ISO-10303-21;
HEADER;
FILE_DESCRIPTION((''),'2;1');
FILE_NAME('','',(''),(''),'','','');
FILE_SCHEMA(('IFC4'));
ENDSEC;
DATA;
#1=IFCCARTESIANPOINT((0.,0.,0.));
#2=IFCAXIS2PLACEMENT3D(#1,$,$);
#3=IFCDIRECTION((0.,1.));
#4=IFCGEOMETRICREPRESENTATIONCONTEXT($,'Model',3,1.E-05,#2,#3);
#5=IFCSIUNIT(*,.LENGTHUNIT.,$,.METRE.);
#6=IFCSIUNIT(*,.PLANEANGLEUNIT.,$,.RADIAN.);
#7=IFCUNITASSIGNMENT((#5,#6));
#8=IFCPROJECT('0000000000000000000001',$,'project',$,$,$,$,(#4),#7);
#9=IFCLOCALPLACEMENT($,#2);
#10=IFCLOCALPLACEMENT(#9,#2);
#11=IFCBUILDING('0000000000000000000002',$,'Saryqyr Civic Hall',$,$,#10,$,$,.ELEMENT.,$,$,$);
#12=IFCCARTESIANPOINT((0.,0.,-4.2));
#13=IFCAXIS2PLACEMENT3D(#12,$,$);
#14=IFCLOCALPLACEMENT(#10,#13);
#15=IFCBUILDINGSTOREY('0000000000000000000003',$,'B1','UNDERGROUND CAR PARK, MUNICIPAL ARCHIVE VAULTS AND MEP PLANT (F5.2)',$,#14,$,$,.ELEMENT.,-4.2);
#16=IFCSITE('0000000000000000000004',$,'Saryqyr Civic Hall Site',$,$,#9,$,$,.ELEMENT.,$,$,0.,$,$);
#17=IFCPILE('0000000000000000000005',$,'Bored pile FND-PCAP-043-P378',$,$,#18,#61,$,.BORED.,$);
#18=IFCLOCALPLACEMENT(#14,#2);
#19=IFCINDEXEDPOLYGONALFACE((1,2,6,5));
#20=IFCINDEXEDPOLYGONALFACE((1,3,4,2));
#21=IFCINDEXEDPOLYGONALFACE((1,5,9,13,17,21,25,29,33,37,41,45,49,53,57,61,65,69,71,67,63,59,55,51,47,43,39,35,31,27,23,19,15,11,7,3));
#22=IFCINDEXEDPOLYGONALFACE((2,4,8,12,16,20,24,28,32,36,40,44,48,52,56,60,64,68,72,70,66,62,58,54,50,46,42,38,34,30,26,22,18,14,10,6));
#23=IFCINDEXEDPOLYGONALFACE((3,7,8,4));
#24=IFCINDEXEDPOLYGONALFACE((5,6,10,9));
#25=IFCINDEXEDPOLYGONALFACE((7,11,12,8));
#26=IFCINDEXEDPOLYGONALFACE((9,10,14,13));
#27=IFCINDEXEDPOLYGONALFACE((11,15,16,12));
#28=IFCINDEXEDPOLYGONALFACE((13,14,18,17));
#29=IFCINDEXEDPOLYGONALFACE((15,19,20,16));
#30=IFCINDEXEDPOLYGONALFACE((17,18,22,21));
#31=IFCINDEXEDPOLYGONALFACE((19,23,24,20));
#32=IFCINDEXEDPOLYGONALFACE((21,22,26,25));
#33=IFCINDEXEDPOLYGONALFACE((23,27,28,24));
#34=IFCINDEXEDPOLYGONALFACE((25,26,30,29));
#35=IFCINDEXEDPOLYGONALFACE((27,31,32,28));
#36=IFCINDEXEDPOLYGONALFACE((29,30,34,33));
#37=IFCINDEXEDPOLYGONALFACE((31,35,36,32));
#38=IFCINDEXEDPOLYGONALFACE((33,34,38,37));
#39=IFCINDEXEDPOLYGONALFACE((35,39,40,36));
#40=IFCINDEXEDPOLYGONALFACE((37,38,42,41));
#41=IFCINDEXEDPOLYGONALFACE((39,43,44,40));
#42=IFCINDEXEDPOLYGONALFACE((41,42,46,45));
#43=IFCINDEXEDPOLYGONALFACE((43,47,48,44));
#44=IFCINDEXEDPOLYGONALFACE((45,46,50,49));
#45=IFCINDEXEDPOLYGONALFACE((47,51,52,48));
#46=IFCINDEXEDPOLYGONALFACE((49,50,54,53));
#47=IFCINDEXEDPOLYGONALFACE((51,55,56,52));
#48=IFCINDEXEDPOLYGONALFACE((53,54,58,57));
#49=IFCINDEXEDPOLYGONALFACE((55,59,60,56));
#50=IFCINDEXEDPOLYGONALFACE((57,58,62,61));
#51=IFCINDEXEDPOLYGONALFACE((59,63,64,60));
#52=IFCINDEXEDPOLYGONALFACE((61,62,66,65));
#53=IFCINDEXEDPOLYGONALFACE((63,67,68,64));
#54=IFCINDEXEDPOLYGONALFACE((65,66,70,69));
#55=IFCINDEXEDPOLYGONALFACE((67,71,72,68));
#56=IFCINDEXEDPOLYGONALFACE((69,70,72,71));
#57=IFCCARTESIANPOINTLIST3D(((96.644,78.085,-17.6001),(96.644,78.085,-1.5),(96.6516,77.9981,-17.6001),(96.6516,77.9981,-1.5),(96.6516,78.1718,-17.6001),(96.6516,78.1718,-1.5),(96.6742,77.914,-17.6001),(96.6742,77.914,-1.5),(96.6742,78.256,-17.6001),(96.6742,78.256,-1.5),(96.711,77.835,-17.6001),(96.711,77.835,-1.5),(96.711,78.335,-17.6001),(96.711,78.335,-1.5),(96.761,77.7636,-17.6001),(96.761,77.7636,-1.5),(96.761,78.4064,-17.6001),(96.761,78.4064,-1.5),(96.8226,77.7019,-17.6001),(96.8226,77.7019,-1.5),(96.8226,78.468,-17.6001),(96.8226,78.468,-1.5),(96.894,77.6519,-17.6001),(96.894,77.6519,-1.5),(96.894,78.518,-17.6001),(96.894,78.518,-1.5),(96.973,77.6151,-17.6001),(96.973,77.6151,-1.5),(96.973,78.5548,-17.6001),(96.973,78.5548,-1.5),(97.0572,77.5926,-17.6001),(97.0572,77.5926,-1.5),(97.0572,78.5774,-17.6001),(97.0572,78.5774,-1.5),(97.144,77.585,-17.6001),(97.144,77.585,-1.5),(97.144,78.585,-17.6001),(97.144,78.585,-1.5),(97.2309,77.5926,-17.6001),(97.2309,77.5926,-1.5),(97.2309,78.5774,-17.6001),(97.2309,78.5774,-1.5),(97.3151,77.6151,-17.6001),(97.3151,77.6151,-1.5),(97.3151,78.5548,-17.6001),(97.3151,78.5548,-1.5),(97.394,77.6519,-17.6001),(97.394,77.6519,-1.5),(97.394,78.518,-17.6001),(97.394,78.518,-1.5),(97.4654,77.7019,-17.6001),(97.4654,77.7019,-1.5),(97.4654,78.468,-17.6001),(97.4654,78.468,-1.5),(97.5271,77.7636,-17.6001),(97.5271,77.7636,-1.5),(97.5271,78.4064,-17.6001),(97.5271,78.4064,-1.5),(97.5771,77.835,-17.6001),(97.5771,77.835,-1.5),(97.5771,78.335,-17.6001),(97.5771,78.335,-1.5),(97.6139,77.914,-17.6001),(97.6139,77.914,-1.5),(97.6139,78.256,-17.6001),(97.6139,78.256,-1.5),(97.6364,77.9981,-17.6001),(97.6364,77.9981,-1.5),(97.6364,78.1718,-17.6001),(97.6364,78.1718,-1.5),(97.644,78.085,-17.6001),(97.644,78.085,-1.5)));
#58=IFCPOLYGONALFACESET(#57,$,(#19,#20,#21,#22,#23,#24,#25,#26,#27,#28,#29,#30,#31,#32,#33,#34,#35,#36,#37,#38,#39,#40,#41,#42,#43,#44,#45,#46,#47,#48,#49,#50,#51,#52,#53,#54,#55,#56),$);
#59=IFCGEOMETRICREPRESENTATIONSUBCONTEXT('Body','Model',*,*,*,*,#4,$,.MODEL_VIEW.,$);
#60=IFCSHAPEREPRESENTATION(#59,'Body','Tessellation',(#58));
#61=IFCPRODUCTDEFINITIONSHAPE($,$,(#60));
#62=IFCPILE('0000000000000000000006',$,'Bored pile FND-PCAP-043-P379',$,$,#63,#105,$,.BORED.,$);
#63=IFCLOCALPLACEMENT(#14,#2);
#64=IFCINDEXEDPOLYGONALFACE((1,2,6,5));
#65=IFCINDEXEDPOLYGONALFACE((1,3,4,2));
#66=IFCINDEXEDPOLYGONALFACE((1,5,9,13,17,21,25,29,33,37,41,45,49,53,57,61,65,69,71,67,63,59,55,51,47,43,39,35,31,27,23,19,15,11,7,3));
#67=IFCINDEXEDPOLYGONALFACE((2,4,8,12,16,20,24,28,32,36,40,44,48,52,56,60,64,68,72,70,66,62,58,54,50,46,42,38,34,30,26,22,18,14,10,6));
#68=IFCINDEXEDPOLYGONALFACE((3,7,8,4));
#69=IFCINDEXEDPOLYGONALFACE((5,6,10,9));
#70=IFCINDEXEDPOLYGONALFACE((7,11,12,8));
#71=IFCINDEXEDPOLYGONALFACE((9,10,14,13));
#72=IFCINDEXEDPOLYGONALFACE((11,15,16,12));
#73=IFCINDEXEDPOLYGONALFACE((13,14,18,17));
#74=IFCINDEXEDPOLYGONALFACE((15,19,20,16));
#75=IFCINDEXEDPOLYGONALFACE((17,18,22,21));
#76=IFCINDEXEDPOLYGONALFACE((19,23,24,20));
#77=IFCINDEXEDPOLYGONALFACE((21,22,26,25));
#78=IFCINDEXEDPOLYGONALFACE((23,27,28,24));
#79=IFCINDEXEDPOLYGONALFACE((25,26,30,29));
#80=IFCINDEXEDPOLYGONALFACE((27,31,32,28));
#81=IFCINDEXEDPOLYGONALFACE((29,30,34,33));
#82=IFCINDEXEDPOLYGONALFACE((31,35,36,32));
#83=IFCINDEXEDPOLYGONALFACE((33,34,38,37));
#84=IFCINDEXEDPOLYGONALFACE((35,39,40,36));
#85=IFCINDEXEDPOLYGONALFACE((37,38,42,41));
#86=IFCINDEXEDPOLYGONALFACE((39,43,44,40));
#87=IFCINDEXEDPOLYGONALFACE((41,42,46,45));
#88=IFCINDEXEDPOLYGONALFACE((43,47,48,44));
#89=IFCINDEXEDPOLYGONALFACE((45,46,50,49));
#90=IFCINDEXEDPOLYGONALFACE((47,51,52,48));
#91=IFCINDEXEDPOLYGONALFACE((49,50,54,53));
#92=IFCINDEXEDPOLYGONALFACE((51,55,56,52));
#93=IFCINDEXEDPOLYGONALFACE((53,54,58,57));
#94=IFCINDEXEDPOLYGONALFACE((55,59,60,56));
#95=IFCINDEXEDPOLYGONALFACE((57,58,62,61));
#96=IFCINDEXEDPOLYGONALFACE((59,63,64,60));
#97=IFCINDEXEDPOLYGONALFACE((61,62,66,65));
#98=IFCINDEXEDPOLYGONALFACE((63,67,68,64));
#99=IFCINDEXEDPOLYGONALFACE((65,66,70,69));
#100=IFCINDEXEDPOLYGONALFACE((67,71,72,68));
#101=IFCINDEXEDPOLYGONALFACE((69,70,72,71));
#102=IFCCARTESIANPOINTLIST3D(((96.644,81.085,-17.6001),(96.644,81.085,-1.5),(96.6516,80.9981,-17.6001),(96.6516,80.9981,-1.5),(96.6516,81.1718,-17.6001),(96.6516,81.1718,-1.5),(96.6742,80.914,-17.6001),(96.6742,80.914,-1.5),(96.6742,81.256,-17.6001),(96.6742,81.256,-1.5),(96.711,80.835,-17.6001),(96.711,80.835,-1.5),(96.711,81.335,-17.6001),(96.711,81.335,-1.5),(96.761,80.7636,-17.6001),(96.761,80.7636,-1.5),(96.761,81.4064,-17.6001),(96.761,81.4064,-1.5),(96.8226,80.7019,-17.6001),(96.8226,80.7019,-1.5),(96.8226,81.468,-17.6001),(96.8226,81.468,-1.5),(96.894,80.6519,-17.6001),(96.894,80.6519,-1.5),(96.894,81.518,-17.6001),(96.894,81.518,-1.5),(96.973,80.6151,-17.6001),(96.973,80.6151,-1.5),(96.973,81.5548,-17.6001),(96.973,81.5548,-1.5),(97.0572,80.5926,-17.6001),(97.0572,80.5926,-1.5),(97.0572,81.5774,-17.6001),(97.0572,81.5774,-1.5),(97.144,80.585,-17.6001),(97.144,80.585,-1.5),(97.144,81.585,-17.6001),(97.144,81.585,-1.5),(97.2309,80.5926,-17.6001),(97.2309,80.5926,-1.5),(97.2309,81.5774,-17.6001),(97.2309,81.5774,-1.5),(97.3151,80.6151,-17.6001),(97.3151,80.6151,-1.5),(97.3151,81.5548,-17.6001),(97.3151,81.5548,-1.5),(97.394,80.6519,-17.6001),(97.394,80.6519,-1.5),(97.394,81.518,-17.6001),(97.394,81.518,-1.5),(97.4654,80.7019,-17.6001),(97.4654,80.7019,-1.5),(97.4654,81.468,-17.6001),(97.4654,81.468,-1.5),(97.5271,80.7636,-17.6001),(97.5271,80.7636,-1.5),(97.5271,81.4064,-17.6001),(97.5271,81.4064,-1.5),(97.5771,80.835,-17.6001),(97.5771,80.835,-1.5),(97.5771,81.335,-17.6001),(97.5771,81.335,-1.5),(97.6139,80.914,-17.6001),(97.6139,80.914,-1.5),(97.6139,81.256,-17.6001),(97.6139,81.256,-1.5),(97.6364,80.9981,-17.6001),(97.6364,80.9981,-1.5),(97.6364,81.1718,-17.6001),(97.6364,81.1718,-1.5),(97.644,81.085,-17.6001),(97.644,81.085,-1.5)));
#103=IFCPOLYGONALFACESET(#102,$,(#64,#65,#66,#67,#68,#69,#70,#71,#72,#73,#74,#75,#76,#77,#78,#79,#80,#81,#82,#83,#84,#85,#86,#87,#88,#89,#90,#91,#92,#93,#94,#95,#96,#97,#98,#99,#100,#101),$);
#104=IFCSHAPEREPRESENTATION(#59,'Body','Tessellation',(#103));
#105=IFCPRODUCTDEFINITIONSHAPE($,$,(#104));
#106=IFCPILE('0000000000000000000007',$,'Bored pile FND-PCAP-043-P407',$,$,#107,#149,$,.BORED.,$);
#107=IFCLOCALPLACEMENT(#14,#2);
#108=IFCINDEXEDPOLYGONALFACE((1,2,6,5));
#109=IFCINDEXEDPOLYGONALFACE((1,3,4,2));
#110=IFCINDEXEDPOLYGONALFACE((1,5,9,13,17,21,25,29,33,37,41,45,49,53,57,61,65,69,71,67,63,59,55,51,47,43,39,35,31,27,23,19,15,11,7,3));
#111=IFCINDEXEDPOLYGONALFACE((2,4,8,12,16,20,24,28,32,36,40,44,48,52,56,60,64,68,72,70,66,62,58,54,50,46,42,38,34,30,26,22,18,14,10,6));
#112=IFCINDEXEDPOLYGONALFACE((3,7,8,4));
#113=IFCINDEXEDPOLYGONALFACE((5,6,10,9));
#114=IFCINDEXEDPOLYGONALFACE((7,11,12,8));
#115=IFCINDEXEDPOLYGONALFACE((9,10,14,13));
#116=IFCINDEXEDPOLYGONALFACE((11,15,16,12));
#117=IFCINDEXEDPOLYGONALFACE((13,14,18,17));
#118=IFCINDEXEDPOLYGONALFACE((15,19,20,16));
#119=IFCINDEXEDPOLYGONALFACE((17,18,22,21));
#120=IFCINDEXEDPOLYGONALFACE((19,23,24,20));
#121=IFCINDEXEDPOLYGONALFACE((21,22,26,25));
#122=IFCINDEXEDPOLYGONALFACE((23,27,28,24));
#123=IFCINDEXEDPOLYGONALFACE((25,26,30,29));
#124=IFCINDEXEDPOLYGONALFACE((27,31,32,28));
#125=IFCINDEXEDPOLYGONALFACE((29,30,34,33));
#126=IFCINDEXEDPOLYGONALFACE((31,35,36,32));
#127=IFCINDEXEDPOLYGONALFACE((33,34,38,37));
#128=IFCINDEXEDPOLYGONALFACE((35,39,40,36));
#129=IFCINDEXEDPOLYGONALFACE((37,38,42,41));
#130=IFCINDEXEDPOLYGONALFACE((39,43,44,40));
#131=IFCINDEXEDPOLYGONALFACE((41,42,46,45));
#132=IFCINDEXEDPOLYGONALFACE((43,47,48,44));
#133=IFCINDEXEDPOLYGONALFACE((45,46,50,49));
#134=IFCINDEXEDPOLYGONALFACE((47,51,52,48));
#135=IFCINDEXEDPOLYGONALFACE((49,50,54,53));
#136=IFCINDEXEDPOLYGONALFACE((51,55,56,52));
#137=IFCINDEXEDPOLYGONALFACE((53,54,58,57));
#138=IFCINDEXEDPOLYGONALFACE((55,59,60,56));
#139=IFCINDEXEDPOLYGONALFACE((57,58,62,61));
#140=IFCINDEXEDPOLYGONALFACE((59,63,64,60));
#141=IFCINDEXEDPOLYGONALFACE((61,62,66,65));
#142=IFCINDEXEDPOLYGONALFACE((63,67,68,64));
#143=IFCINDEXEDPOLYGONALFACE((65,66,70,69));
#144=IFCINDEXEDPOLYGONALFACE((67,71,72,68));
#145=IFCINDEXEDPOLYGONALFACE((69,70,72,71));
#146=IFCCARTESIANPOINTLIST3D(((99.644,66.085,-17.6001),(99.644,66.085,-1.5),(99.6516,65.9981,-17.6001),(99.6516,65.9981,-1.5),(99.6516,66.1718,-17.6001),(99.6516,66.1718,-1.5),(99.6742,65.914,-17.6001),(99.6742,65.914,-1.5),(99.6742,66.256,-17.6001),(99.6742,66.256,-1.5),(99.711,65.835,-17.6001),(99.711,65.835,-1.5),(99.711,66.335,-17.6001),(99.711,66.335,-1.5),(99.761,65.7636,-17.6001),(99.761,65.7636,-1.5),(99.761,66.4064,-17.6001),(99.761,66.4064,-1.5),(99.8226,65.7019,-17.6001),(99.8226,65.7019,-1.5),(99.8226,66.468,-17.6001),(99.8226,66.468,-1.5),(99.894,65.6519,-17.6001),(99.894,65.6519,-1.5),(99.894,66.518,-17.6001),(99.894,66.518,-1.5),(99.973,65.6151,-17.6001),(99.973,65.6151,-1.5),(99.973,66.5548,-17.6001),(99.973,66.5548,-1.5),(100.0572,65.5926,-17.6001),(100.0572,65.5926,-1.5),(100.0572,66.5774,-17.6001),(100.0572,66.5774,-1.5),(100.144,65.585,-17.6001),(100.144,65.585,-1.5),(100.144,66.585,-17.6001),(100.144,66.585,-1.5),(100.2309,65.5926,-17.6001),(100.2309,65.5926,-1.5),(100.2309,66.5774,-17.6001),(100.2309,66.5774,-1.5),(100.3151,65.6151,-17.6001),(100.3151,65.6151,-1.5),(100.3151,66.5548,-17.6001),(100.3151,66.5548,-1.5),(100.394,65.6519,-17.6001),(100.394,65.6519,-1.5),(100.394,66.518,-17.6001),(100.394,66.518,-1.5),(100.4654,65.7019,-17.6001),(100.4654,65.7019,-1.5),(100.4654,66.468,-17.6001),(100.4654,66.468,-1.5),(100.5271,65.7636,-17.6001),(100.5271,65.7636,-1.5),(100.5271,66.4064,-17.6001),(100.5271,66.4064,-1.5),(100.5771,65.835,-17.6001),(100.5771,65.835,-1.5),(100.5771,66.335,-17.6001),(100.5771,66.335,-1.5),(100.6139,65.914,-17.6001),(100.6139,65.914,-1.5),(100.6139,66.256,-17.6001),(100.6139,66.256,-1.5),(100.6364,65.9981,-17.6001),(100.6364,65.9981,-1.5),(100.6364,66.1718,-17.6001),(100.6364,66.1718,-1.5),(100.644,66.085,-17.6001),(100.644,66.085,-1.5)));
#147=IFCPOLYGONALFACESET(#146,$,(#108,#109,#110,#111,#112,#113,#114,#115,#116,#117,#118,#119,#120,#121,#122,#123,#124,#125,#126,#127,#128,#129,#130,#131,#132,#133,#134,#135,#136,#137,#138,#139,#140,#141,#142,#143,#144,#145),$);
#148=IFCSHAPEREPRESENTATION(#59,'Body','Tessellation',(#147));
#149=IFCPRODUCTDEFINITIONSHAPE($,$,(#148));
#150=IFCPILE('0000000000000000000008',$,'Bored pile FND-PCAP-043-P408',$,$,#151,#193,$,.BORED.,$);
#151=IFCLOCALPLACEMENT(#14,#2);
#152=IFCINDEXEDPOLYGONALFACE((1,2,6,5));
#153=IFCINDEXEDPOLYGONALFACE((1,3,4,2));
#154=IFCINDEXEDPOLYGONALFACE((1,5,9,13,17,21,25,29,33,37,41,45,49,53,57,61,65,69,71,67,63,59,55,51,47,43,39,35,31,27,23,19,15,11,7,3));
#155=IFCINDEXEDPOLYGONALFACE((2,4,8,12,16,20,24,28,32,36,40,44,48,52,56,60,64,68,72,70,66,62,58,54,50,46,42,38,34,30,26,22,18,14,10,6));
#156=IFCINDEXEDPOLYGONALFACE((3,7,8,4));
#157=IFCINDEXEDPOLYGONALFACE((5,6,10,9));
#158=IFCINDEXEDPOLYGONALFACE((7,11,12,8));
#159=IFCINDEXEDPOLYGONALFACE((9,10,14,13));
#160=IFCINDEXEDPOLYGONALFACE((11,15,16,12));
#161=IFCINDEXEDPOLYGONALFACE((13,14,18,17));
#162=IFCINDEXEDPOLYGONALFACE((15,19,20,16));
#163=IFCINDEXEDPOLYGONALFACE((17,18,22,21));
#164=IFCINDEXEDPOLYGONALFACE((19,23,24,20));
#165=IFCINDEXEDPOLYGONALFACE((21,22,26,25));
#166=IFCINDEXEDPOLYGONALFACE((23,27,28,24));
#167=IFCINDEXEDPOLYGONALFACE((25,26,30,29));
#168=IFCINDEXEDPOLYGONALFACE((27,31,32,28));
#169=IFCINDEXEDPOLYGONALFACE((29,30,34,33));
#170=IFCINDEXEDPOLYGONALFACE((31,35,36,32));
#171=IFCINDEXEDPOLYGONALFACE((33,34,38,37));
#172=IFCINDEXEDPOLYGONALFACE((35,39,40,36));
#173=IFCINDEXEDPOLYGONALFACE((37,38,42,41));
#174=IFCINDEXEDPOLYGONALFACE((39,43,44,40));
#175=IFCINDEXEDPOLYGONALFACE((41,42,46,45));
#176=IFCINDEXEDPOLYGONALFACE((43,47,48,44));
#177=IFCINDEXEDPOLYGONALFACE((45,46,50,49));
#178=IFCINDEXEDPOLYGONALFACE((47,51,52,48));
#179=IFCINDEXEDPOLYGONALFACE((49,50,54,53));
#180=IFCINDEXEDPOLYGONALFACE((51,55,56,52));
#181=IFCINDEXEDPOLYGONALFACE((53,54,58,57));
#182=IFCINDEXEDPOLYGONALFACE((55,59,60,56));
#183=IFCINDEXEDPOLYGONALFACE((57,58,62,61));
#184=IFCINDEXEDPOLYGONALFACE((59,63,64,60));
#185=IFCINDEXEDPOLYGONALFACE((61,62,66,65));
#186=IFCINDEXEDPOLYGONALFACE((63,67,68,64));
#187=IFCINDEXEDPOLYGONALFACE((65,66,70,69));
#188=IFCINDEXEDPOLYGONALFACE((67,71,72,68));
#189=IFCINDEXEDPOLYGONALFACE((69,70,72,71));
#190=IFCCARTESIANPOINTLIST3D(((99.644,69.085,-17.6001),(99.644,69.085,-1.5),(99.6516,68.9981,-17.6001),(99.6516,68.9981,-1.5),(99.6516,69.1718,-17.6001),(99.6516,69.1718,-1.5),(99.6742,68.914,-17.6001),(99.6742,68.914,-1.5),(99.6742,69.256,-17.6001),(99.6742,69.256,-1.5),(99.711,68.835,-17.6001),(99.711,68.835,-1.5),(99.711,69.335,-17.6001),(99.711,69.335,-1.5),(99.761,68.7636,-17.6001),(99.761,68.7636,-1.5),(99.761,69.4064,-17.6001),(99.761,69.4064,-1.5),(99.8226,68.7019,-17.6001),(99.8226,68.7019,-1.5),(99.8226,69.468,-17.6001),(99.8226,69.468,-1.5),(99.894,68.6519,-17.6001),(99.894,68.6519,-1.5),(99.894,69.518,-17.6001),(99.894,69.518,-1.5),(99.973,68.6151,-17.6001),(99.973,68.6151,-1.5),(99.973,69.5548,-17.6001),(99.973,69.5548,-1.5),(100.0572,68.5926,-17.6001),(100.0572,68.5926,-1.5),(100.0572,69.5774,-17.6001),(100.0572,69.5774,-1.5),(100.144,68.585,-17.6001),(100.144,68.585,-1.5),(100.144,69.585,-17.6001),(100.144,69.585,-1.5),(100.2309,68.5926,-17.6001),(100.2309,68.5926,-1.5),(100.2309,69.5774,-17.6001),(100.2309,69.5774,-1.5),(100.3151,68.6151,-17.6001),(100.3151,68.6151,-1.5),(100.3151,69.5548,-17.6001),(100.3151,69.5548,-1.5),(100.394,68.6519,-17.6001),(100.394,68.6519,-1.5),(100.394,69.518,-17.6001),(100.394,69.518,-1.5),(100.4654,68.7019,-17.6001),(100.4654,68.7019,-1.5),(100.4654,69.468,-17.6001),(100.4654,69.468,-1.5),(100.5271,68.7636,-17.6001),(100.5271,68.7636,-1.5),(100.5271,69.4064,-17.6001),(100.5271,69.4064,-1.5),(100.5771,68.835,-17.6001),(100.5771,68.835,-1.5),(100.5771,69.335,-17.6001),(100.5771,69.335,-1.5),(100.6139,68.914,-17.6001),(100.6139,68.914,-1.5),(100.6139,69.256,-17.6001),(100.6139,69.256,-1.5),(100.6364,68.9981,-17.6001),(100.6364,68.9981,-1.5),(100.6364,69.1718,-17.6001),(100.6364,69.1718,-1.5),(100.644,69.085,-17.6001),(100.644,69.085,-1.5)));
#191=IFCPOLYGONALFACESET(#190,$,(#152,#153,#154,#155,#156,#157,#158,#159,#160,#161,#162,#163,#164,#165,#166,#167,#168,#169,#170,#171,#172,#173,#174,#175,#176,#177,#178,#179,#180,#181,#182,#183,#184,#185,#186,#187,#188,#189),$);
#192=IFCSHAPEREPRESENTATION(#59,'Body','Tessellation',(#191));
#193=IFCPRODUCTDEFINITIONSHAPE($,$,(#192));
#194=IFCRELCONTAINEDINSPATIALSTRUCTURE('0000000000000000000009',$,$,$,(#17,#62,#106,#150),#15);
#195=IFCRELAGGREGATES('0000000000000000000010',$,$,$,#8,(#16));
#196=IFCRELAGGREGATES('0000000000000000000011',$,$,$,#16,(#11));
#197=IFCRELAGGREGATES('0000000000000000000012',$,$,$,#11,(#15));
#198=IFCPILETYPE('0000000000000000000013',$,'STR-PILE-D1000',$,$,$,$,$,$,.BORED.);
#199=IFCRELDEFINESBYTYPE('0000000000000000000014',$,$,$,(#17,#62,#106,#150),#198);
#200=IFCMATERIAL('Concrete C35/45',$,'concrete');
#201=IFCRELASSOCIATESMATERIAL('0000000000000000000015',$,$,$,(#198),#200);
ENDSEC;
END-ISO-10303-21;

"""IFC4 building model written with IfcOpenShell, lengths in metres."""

from ifc_helpers import new_model, si_unit, direction, frame, origin, origin_2d, place, context, subcontext, project, spatial, circle, extrude, material, material_profile, profile_set, type_object, element, save


model = new_model("IFC4")

# Units and contexts
model_context = context("Model", 3, precision=1e-05, world=origin(), true_north=direction((0.0, 1.0)))
body_context = subcontext(model_context, "Body", "Model", "MODEL_VIEW")
ifc_project = project(units=[si_unit("LENGTHUNIT", "METRE"), si_unit("PLANEANGLEUNIT", "RADIAN")], contexts=[model_context])

# Site, building, storey
site_placement = place(None, origin())
site = spatial("IfcSite", under=ifc_project, at=site_placement, Name="Saryqyr Civic Hall Site", CompositionType="ELEMENT", RefElevation=0.0)
building_placement = place(site_placement, origin())
building = spatial("IfcBuilding", under=site, at=building_placement, Name="Saryqyr Civic Hall", CompositionType="ELEMENT")
storey_placement = place(building_placement, frame((0.0, 0.0, -4.2)))
storey = spatial("IfcBuildingStorey", under=building, at=storey_placement, Name="B1", Description="UNDERGROUND CAR PARK, MUNICIPAL ARCHIVE VAULTS AND MEP PLANT (F5.2)", CompositionType="ELEMENT", Elevation=-4.2)

# Piles
ifc_material_1 = material(Name="Concrete C35/45", Category="concrete")
ifc_material_profile_1 = material_profile(ifc_material_1, circle(Radius=0.5, at=origin_2d()), Name="BORED PILE D1000")
ifc_profile_set_1 = profile_set([ifc_material_profile_1], Name="Concrete C35/45")
pile_type = type_object("IfcPileType", Name="STR-PILE-D1000", PredefinedType="BORED", material=ifc_profile_set_1)
for number, where, z_axis, x_axis, name in (
    (1, (97.144, 78.085, -1.5), (0.0, 0.0, -1.0), (1.0, 0.0, 0.0), "Bored pile FND-PCAP-043-P378"),
    (2, (97.144, 81.085, -1.5), (0.0, 0.0, -1.0), (1.0, 0.0, 0.0), "Bored pile FND-PCAP-043-P379"),
    (3, (100.144, 66.085, -1.5), (0.0, 0.0, -1.0), (1.0, 0.0, 0.0), "Bored pile FND-PCAP-043-P407"),
    (4, (100.144, 69.085, -1.5), (0.0, 0.0, -1.0), (1.0, 0.0, 0.0), "Bored pile FND-PCAP-043-P408"),
):
    element("IfcPile", number, at=place(storey_placement, frame(where, z_axis=z_axis, x_axis=x_axis)), inside=storey, type_object=pile_type, Name=name, PredefinedType="BORED", context=body_context, shape_type="SweptSolid", body=[
        extrude(circle(Radius=0.5, at=origin_2d()), origin(), (0.0, 0.0, 1.0), 16.1001),
    ])

save(model, "model.ifc")
